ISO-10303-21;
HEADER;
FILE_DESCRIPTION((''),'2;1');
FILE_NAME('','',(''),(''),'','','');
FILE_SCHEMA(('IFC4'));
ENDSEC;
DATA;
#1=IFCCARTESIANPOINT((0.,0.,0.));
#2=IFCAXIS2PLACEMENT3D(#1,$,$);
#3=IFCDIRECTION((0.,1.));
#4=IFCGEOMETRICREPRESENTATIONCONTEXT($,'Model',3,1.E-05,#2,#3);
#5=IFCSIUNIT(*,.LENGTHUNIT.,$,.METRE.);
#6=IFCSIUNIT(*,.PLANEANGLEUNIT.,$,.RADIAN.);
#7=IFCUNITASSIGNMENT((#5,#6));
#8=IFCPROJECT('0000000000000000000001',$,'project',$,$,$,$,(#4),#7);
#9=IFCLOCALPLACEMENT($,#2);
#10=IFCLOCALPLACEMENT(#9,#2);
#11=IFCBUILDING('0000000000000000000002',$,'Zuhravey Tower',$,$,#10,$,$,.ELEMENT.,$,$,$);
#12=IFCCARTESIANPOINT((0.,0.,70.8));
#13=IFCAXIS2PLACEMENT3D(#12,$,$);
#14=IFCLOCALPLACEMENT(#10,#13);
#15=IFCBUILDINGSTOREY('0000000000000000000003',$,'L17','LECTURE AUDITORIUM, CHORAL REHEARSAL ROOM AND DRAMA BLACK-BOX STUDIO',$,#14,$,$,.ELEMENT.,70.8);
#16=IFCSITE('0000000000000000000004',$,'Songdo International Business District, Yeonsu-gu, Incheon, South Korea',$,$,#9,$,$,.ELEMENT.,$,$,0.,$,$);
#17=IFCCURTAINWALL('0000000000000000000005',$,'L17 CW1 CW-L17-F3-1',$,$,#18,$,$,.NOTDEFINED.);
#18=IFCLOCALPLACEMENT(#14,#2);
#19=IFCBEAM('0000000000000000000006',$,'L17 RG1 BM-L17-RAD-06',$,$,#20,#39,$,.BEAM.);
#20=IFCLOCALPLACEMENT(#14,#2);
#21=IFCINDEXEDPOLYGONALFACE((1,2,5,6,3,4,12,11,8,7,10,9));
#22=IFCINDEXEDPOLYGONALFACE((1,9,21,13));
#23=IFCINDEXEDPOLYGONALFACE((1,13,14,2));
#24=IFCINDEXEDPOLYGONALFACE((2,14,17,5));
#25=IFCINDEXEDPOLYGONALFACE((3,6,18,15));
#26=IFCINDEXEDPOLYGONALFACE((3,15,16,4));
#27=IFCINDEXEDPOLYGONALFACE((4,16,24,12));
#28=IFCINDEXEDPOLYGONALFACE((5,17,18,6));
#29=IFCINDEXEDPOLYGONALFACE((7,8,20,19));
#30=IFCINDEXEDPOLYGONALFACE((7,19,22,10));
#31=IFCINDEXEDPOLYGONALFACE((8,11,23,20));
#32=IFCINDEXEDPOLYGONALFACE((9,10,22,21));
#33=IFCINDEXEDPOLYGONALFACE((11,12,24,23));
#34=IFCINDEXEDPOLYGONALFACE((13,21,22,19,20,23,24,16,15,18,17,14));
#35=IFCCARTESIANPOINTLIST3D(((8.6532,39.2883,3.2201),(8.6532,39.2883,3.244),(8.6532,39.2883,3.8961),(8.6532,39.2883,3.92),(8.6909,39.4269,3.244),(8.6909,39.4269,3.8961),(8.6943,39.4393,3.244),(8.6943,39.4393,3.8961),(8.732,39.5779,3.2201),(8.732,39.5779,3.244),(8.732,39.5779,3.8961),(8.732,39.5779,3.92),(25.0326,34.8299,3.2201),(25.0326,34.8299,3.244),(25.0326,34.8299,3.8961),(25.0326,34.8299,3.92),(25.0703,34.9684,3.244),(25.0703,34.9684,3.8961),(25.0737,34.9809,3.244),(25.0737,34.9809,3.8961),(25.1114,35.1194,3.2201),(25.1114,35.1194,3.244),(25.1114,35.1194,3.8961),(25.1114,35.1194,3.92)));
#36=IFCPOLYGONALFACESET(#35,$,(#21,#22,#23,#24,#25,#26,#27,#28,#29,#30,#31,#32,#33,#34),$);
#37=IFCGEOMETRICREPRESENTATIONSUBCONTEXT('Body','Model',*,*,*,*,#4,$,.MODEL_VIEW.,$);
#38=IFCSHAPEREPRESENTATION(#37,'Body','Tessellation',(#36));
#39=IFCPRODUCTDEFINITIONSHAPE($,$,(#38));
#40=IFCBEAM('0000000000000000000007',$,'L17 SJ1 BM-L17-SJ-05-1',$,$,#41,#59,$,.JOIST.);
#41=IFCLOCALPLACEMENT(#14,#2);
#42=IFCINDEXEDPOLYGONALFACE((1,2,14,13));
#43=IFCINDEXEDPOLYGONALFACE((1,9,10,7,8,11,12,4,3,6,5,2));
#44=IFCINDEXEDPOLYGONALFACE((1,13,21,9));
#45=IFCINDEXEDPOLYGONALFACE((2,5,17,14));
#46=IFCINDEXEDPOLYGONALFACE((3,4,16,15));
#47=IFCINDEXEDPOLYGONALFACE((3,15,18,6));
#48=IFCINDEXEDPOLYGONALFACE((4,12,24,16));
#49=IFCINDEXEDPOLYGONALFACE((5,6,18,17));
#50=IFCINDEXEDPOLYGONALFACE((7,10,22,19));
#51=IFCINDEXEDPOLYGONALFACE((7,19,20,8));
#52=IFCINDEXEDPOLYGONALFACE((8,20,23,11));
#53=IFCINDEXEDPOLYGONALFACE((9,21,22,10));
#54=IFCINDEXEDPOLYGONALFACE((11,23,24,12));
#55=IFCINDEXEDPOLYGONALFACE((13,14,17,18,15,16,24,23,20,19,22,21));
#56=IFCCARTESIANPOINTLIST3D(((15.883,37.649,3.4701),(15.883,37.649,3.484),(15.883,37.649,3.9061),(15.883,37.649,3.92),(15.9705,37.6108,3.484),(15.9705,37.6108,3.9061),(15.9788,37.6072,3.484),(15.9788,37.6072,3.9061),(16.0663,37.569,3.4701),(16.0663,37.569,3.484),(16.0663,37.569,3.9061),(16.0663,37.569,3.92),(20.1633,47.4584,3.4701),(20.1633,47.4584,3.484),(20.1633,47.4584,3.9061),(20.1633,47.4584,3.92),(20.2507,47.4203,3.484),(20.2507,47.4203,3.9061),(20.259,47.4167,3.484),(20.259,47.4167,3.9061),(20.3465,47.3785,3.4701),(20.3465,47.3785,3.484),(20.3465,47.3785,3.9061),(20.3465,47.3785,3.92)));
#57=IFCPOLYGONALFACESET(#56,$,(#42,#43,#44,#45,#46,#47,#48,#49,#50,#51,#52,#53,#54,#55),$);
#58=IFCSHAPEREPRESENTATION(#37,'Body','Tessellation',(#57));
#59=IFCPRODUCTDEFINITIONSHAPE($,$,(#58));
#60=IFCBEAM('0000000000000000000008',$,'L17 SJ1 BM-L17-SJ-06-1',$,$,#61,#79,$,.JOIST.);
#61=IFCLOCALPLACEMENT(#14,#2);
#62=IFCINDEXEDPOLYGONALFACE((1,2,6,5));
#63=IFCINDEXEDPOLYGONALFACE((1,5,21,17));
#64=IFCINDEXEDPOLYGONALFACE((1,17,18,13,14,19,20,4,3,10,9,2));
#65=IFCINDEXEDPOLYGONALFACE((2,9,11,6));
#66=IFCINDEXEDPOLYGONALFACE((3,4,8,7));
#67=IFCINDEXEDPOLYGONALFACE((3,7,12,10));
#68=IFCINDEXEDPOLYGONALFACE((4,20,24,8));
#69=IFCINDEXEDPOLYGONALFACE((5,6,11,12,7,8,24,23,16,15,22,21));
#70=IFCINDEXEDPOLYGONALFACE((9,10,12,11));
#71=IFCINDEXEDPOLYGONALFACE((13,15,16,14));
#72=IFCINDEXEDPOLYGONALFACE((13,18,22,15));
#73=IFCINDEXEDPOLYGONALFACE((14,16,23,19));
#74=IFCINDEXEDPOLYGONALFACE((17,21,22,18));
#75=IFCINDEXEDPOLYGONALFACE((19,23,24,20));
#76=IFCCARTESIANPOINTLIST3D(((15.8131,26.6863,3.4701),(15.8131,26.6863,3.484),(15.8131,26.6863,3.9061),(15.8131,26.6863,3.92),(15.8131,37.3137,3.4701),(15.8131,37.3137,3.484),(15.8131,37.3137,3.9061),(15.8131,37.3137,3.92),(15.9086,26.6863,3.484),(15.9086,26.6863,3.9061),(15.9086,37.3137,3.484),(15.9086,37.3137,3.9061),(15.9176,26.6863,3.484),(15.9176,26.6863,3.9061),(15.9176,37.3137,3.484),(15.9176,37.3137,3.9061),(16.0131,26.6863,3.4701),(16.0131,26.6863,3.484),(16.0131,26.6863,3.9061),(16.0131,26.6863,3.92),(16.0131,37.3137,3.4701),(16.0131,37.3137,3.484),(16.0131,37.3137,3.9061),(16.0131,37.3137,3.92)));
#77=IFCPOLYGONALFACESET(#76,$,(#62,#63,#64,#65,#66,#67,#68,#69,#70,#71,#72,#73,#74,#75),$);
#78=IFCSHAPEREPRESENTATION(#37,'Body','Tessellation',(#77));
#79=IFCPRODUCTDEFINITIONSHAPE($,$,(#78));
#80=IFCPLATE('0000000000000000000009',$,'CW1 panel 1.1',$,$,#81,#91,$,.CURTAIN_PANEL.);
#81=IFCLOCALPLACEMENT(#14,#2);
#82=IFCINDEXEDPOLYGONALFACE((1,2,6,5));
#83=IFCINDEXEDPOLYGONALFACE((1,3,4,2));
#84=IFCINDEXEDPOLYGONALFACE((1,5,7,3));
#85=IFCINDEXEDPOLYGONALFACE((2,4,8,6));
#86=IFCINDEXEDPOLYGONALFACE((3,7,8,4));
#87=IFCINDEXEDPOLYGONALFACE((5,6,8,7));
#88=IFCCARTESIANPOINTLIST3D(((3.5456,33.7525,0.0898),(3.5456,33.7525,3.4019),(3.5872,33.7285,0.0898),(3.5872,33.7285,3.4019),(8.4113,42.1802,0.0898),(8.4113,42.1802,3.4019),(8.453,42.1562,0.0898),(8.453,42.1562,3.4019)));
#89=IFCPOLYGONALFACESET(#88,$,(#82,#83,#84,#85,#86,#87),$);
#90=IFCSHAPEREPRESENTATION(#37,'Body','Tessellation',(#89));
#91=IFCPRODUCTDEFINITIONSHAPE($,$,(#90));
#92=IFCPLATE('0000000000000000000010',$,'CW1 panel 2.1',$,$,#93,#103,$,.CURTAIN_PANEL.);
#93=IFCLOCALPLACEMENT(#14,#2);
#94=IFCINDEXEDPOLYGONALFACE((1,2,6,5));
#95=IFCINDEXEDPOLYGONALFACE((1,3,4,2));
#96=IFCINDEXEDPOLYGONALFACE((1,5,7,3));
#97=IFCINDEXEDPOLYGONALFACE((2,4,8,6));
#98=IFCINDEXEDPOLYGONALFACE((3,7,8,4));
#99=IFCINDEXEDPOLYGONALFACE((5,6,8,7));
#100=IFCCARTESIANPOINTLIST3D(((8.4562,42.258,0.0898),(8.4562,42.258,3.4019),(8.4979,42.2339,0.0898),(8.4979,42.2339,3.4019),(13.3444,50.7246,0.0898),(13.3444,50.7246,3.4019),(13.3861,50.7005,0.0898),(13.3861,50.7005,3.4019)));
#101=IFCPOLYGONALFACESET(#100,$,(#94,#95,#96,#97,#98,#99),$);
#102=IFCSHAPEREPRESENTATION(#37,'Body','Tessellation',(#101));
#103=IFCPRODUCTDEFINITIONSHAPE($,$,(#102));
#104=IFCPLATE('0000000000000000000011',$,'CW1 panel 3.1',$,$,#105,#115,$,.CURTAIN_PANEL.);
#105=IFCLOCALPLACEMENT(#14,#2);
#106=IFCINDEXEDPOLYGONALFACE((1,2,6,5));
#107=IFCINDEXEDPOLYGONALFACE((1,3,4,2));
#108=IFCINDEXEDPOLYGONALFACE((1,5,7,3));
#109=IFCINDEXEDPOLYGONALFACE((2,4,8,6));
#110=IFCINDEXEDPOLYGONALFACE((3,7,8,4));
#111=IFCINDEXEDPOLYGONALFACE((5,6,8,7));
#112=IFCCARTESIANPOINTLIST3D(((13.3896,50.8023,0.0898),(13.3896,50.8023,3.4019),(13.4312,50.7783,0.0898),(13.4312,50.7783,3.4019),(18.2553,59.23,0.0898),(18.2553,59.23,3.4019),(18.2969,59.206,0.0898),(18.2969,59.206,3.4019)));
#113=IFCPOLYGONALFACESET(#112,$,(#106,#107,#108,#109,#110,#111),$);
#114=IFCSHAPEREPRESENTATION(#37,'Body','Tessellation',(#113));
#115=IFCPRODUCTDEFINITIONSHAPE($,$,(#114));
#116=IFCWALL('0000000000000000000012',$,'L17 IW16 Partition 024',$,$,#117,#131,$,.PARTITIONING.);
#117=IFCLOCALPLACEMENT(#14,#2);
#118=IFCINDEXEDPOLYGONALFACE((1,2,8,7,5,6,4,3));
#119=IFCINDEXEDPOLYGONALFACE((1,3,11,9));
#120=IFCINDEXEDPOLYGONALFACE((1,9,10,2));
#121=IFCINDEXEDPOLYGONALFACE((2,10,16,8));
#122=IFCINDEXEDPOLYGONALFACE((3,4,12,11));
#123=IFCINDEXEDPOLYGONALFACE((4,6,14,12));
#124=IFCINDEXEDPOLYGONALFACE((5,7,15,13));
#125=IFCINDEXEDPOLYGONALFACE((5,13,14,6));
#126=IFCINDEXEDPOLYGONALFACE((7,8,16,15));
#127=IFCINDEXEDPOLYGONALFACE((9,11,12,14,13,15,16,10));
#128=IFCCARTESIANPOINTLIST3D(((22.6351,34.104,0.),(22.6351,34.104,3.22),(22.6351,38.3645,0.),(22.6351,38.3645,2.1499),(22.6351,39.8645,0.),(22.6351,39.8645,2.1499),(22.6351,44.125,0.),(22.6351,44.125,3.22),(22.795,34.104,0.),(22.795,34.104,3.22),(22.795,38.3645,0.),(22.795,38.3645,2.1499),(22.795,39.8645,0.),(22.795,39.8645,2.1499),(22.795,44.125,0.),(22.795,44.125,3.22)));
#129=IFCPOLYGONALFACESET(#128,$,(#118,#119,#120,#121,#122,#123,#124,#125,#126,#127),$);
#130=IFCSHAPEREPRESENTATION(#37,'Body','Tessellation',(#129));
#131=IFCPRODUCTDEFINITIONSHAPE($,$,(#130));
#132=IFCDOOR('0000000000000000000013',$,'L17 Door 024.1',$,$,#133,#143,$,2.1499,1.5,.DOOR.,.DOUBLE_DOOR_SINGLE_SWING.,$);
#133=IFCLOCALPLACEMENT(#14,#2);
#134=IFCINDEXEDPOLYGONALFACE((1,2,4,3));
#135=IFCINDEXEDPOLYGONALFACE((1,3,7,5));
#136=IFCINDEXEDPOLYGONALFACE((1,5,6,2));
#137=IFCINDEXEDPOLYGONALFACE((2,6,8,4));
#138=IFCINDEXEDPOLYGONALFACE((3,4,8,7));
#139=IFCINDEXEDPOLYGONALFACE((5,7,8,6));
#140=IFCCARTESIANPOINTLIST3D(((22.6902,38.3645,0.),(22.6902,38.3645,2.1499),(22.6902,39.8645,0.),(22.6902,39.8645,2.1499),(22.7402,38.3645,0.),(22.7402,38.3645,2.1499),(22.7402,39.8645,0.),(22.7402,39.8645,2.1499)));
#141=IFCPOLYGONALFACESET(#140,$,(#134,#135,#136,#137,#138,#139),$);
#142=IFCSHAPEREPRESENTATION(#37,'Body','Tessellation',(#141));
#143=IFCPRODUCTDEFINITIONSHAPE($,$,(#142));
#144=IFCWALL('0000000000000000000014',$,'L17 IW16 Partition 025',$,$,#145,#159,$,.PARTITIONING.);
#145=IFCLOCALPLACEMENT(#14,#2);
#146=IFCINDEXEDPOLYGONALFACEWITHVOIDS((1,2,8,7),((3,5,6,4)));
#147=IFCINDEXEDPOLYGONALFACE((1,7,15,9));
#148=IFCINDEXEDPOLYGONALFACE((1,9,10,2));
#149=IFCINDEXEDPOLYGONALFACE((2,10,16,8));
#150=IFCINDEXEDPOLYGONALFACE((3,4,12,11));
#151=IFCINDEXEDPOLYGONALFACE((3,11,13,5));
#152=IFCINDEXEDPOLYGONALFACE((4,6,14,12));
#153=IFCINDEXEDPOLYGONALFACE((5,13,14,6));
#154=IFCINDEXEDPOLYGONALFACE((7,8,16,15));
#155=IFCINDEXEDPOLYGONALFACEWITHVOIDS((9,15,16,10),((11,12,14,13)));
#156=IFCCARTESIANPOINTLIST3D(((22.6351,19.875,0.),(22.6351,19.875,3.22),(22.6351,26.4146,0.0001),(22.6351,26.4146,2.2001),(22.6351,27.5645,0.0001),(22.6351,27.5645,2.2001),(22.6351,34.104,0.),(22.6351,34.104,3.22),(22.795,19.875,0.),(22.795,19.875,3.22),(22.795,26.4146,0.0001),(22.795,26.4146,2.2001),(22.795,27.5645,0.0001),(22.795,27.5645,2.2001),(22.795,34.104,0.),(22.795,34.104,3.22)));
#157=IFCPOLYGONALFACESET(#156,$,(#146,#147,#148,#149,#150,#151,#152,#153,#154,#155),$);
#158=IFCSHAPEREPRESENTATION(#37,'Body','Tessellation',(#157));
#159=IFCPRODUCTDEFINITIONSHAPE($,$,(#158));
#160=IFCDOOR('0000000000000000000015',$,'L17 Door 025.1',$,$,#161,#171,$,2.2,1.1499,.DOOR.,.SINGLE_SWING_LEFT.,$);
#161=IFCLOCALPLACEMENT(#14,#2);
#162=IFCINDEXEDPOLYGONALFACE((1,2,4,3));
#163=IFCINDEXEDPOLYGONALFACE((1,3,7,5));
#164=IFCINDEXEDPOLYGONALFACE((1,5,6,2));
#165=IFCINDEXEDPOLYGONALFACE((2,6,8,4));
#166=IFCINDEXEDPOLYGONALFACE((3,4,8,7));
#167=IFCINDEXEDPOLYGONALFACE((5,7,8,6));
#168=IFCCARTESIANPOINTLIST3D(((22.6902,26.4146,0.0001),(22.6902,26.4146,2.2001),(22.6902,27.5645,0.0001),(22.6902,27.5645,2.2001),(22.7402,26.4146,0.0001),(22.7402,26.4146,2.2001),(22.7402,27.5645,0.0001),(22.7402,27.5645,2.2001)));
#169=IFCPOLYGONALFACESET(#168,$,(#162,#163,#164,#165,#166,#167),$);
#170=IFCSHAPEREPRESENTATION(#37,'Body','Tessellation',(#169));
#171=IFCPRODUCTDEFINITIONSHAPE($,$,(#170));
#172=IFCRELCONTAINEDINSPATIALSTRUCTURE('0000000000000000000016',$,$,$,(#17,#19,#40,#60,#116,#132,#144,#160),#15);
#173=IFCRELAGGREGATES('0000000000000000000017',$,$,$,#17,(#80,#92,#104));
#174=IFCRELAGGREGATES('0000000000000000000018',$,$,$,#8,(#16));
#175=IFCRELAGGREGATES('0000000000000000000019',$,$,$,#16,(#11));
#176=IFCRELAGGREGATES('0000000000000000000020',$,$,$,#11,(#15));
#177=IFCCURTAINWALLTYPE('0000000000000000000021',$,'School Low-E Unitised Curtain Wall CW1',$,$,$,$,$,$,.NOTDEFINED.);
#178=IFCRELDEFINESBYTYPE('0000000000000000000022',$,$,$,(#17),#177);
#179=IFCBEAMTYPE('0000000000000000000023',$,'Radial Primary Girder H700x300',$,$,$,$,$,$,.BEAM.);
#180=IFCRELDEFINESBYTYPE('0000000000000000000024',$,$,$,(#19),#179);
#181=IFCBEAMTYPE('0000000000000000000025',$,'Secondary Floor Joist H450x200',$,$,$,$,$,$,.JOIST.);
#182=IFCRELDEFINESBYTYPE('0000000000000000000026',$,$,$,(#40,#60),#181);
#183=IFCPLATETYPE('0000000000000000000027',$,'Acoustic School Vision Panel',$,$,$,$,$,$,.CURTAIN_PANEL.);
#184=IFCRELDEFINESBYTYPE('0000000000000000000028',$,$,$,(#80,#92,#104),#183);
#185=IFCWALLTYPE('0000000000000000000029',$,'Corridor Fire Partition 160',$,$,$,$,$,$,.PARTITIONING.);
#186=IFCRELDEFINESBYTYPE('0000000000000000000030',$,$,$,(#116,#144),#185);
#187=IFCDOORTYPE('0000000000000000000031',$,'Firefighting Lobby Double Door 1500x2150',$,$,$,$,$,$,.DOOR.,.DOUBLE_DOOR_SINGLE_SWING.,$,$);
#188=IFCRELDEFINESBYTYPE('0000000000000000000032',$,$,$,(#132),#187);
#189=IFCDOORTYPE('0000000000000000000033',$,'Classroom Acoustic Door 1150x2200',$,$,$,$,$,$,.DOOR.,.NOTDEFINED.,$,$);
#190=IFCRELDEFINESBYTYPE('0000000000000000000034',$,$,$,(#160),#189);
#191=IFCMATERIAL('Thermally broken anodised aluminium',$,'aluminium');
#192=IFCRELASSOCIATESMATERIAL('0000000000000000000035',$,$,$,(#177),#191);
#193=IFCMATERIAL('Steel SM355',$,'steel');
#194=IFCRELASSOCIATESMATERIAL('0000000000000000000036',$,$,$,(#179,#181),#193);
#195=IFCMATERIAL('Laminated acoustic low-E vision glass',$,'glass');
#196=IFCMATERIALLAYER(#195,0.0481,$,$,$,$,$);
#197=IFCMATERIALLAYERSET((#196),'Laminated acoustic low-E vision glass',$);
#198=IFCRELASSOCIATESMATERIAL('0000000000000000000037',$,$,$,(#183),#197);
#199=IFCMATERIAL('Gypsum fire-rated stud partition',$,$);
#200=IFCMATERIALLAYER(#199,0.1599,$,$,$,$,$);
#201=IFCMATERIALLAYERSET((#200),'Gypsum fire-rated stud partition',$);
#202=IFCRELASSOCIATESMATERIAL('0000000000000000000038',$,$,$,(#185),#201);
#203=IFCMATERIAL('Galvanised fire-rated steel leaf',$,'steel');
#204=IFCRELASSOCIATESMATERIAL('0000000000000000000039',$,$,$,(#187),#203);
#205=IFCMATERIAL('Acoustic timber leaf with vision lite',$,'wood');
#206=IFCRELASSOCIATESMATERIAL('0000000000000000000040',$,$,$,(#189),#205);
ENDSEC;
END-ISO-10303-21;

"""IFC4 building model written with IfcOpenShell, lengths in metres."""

from ifc_helpers import new_model, si_unit, direction, frame, frame_2d, origin, origin_2d, place, context, subcontext, project, spatial, rectangle, i_section, extrude, material, layer, layer_set, material_profile, profile_set, type_object, element, fill, aggregate, save


model = new_model("IFC4")

# Units and contexts
model_context = context("Model", 3, precision=1e-05, world=origin(), true_north=direction((0.0, 1.0)))
body_context = subcontext(model_context, "Body", "Model", "MODEL_VIEW")
ifc_project = project(units=[si_unit("LENGTHUNIT", "METRE"), si_unit("PLANEANGLEUNIT", "RADIAN")], contexts=[model_context])

# Site, building, storey
site_placement = place(None, origin())
site = spatial("IfcSite", under=ifc_project, at=site_placement, Name="Songdo International Business District, Yeonsu-gu, Incheon, South Korea", CompositionType="ELEMENT", RefElevation=0.0)
building_placement = place(site_placement, origin())
building = spatial("IfcBuilding", under=site, at=building_placement, Name="Zuhravey Tower", CompositionType="ELEMENT")
storey_placement = place(building_placement, frame((0.0, 0.0, 70.8)))
storey = spatial("IfcBuildingStorey", under=building, at=storey_placement, Name="L17", Description="LECTURE AUDITORIUM, CHORAL REHEARSAL ROOM AND DRAMA BLACK-BOX STUDIO", CompositionType="ELEMENT", Elevation=70.8)

# Curtain wall
ifc_material_1 = material(Name="Thermally broken anodised aluminium", Category="aluminium")
curtain_wall_type = type_object("IfcCurtainWallType", Name="School Low-E Unitised Curtain Wall CW1", PredefinedType="NOTDEFINED", material=ifc_material_1)
curtain_wall_1_placement = place(storey_placement, origin())
curtain_wall_1 = element("IfcCurtainWall", 1, at=curtain_wall_1_placement, inside=storey, type_object=curtain_wall_type, Name="L17 CW1 CW-L17-F3-1", PredefinedType="NOTDEFINED")

# Beams
ifc_material_2 = material(Name="Steel SM355", Category="steel")
ifc_material_profile_1 = material_profile(ifc_material_2, i_section(OverallWidth=0.3, OverallDepth=0.7, WebThickness=0.0129, FlangeThickness=0.0239, at=origin_2d()), Name="H-700x300x13x24")
ifc_profile_set_1 = profile_set([ifc_material_profile_1], Name="Steel SM355")
beam_type_1 = type_object("IfcBeamType", Name="Radial Primary Girder H700x300", PredefinedType="BEAM", material=ifc_profile_set_1)
beam_1_placement = place(storey_placement, frame((25.072, 34.9746, 3.5701), z_axis=(-0.964892, 0.262645, 0.0), x_axis=(-0.262645, -0.964892, 0.0)))
element("IfcBeam", 2, at=beam_1_placement, inside=storey, type_object=beam_type_1, Name="L17 RG1 BM-L17-RAD-06", PredefinedType="BEAM", context=body_context, shape_type="SweptSolid", body=[
    extrude(i_section(OverallWidth=0.3, OverallDepth=0.7, WebThickness=0.0129, FlangeThickness=0.0239, at=origin_2d()), origin(), (0.0, 0.0, 1.0), 16.9753),
])
ifc_material_profile_2 = material_profile(ifc_material_2, i_section(OverallWidth=0.2, OverallDepth=0.45, WebThickness=0.009, FlangeThickness=0.0139, at=origin_2d()), Name="H-450x200x9x14")
ifc_profile_set_2 = profile_set([ifc_material_profile_2], Name="Steel SM355")
beam_type_2 = type_object("IfcBeamType", Name="Secondary Floor Joist H450x200", PredefinedType="JOIST", material=ifc_profile_set_2)
beam_2_placement = place(storey_placement, frame((20.2549, 47.4185, 3.6951), z_axis=(-0.399924, -0.916549, 0.0), x_axis=(0.916549, -0.399924, 0.0)))
element("IfcBeam", 3, at=beam_2_placement, inside=storey, type_object=beam_type_2, Name="L17 SJ1 BM-L17-SJ-05-1", PredefinedType="JOIST", context=body_context, shape_type="SweptSolid", body=[
    extrude(i_section(OverallWidth=0.2, OverallDepth=0.45, WebThickness=0.009, FlangeThickness=0.0139, at=origin_2d()), origin(), (0.0, 0.0, 1.0), 10.7026),
])
beam_3_placement = place(storey_placement, frame((15.9131, 37.3137, 3.6951), z_axis=(0.0, -1.0, 0.0), x_axis=(1.0, 0.0, 0.0)))
element("IfcBeam", 4, at=beam_3_placement, inside=storey, type_object=beam_type_2, Name="L17 SJ1 BM-L17-SJ-06-1", PredefinedType="JOIST", context=body_context, shape_type="SweptSolid", body=[
    extrude(i_section(OverallWidth=0.2, OverallDepth=0.45, WebThickness=0.009, FlangeThickness=0.0139, at=origin_2d()), origin(), (0.0, 0.0, 1.0), 10.6274),
])

# Plates
ifc_material_3 = material(Name="Laminated acoustic low-E vision glass", Category="glass")
ifc_layer_1 = layer(ifc_material_3, 0.0481)
ifc_layer_set_1 = layer_set([ifc_layer_1], Name="Laminated acoustic low-E vision glass")
plate_type = type_object("IfcPlateType", Name="Acoustic School Vision Panel", PredefinedType="CURTAIN_PANEL", material=ifc_layer_set_1)
plate_1_placement = place(storey_placement, frame((5.9993, 37.9543, 0.0898), z_axis=(0.0, 0.0, 1.0), x_axis=(0.5, 0.866026, 0.0)))
plate_1 = element("IfcPlate", 5, at=plate_1_placement, type_object=plate_type, Name="CW1 panel 1.1", PredefinedType="CURTAIN_PANEL", context=body_context, shape_type="SweptSolid", body=[
    extrude(rectangle(XDim=9.7314, YDim=0.0481, at=origin_2d()), origin(), (0.0, 0.0, 1.0), 3.312),
])
plate_2_placement = place(storey_placement, frame((10.9211, 46.4792, 0.0898), z_axis=(0.0, 0.0, 1.0), x_axis=(0.5, 0.866026, 0.0)))
plate_2 = element("IfcPlate", 6, at=plate_2_placement, type_object=plate_type, Name="CW1 panel 2.1", PredefinedType="CURTAIN_PANEL", context=body_context, shape_type="SweptSolid", body=[
    extrude(rectangle(XDim=9.7764, YDim=0.0481, at=origin_2d()), origin(), (0.0, 0.0, 1.0), 3.312),
])
plate_3_placement = place(storey_placement, frame((15.8433, 55.0042, 0.0898), z_axis=(0.0, 0.0, 1.0), x_axis=(0.5, 0.866026, 0.0)))
plate_3 = element("IfcPlate", 7, at=plate_3_placement, type_object=plate_type, Name="CW1 panel 3.1", PredefinedType="CURTAIN_PANEL", context=body_context, shape_type="SweptSolid", body=[
    extrude(rectangle(XDim=9.7314, YDim=0.0481, at=origin_2d()), origin(), (0.0, 0.0, 1.0), 3.312),
])
aggregate(curtain_wall_1, [plate_1, plate_2, plate_3])

# Walls, openings, doors
ifc_material_4 = material(Name="Gypsum fire-rated stud partition")
ifc_layer_2 = layer(ifc_material_4, 0.1599)
ifc_layer_set_2 = layer_set([ifc_layer_2], Name="Gypsum fire-rated stud partition")
wall_type_1 = type_object("IfcWallType", Name="Corridor Fire Partition 160", PredefinedType="PARTITIONING", material=ifc_layer_set_2)
wall_1_placement = place(storey_placement, frame((22.7151, 44.125, 0.0), z_axis=(0.0, 0.0, 1.0), x_axis=(0.0, -1.0, 0.0)))
wall_1 = element("IfcWall", 8, at=wall_1_placement, inside=storey, type_object=wall_type_1, Name="L17 IW16 Partition 024", PredefinedType="PARTITIONING", context=body_context, shape_type="SweptSolid", body=[
    extrude(rectangle(XDim=10.021, YDim=0.1599, at=frame_2d((5.0105, 0.0))), origin(), (0.0, 0.0, 1.0), 3.22),
])
opening_1_placement = place(wall_1_placement, frame((4.2605, 0.0, 0.0)))
opening_1 = element("IfcOpeningElement", 9, at=opening_1_placement, cuts=wall_1, PredefinedType="OPENING", context=body_context, shape_type="SweptSolid", body=[
    extrude(rectangle(XDim=1.5, YDim=2.1499, at=frame_2d((0.75, 1.075))), frame((0.0, 0.092, 0.0), z_axis=(0.0, -1.0, 0.0), x_axis=(1.0, 0.0, 0.0)), (0.0, 0.0, 1.0), 0.1838),
])
ifc_material_5 = material(Name="Galvanised fire-rated steel leaf", Category="steel")
door_type_1 = type_object("IfcDoorType", Name="Firefighting Lobby Double Door 1500x2150", OperationType="DOUBLE_DOOR_SINGLE_SWING", PredefinedType="DOOR", material=ifc_material_5)
door_1_placement = place(opening_1_placement, frame((1.5, 0.0, 0.0), z_axis=(0.0, 0.0, 1.0), x_axis=(-1.0, 0.0, 0.0)))
door_1 = element("IfcDoor", 10, at=door_1_placement, inside=storey, type_object=door_type_1, Name="L17 Door 024.1", OperationType="DOUBLE_DOOR_SINGLE_SWING", OverallHeight=2.1499, OverallWidth=1.5, PredefinedType="DOOR", context=body_context, shape_type="SweptSolid", body=[
    extrude(rectangle(XDim=1.5, YDim=2.1499, at=frame_2d((0.75, 1.075))), frame((0.0, 0.0249, 0.0), z_axis=(0.0, -1.0, 0.0), x_axis=(1.0, 0.0, 0.0)), (0.0, 0.0, 1.0), 0.05),
])
fill(opening_1, door_1)
wall_2_placement = place(storey_placement, frame((22.7151, 34.104, 0.0), z_axis=(0.0, 0.0, 1.0), x_axis=(0.0, -1.0, 0.0)))
wall_2 = element("IfcWall", 11, at=wall_2_placement, inside=storey, type_object=wall_type_1, Name="L17 IW16 Partition 025", PredefinedType="PARTITIONING", context=body_context, shape_type="SweptSolid", body=[
    extrude(rectangle(XDim=14.229, YDim=0.1599, at=frame_2d((7.1145, 0.0))), origin(), (0.0, 0.0, 1.0), 3.22),
])
opening_2_placement = place(wall_2_placement, frame((6.5396, 0.0, 0.0)))
opening_2 = element("IfcOpeningElement", 12, at=opening_2_placement, cuts=wall_2, PredefinedType="OPENING", context=body_context, shape_type="SweptSolid", body=[
    extrude(rectangle(XDim=1.1499, YDim=2.2, at=frame_2d((0.575, 1.1001))), frame((0.0, 0.092, 0.0), z_axis=(0.0, -1.0, 0.0), x_axis=(1.0, 0.0, 0.0)), (0.0, 0.0, 1.0), 0.1838),
])
ifc_material_6 = material(Name="Acoustic timber leaf with vision lite", Category="wood")
door_type_2 = type_object("IfcDoorType", Name="Classroom Acoustic Door 1150x2200", OperationType="NOTDEFINED", PredefinedType="DOOR", material=ifc_material_6)
door_2_placement = place(opening_2_placement, frame((1.1499, 0.0, 0.0), z_axis=(0.0, 0.0, 1.0), x_axis=(-1.0, 0.0, 0.0)))
door_2 = element("IfcDoor", 13, at=door_2_placement, inside=storey, type_object=door_type_2, Name="L17 Door 025.1", OperationType="SINGLE_SWING_LEFT", OverallHeight=2.2, OverallWidth=1.1499, PredefinedType="DOOR", context=body_context, shape_type="SweptSolid", body=[
    extrude(rectangle(XDim=1.1499, YDim=2.2, at=frame_2d((0.575, 1.1001))), frame((0.0, 0.0249, 0.0), z_axis=(0.0, -1.0, 0.0), x_axis=(1.0, 0.0, 0.0)), (0.0, 0.0, 1.0), 0.05),
])
fill(opening_2, door_2)

save(model, "model.ifc")
